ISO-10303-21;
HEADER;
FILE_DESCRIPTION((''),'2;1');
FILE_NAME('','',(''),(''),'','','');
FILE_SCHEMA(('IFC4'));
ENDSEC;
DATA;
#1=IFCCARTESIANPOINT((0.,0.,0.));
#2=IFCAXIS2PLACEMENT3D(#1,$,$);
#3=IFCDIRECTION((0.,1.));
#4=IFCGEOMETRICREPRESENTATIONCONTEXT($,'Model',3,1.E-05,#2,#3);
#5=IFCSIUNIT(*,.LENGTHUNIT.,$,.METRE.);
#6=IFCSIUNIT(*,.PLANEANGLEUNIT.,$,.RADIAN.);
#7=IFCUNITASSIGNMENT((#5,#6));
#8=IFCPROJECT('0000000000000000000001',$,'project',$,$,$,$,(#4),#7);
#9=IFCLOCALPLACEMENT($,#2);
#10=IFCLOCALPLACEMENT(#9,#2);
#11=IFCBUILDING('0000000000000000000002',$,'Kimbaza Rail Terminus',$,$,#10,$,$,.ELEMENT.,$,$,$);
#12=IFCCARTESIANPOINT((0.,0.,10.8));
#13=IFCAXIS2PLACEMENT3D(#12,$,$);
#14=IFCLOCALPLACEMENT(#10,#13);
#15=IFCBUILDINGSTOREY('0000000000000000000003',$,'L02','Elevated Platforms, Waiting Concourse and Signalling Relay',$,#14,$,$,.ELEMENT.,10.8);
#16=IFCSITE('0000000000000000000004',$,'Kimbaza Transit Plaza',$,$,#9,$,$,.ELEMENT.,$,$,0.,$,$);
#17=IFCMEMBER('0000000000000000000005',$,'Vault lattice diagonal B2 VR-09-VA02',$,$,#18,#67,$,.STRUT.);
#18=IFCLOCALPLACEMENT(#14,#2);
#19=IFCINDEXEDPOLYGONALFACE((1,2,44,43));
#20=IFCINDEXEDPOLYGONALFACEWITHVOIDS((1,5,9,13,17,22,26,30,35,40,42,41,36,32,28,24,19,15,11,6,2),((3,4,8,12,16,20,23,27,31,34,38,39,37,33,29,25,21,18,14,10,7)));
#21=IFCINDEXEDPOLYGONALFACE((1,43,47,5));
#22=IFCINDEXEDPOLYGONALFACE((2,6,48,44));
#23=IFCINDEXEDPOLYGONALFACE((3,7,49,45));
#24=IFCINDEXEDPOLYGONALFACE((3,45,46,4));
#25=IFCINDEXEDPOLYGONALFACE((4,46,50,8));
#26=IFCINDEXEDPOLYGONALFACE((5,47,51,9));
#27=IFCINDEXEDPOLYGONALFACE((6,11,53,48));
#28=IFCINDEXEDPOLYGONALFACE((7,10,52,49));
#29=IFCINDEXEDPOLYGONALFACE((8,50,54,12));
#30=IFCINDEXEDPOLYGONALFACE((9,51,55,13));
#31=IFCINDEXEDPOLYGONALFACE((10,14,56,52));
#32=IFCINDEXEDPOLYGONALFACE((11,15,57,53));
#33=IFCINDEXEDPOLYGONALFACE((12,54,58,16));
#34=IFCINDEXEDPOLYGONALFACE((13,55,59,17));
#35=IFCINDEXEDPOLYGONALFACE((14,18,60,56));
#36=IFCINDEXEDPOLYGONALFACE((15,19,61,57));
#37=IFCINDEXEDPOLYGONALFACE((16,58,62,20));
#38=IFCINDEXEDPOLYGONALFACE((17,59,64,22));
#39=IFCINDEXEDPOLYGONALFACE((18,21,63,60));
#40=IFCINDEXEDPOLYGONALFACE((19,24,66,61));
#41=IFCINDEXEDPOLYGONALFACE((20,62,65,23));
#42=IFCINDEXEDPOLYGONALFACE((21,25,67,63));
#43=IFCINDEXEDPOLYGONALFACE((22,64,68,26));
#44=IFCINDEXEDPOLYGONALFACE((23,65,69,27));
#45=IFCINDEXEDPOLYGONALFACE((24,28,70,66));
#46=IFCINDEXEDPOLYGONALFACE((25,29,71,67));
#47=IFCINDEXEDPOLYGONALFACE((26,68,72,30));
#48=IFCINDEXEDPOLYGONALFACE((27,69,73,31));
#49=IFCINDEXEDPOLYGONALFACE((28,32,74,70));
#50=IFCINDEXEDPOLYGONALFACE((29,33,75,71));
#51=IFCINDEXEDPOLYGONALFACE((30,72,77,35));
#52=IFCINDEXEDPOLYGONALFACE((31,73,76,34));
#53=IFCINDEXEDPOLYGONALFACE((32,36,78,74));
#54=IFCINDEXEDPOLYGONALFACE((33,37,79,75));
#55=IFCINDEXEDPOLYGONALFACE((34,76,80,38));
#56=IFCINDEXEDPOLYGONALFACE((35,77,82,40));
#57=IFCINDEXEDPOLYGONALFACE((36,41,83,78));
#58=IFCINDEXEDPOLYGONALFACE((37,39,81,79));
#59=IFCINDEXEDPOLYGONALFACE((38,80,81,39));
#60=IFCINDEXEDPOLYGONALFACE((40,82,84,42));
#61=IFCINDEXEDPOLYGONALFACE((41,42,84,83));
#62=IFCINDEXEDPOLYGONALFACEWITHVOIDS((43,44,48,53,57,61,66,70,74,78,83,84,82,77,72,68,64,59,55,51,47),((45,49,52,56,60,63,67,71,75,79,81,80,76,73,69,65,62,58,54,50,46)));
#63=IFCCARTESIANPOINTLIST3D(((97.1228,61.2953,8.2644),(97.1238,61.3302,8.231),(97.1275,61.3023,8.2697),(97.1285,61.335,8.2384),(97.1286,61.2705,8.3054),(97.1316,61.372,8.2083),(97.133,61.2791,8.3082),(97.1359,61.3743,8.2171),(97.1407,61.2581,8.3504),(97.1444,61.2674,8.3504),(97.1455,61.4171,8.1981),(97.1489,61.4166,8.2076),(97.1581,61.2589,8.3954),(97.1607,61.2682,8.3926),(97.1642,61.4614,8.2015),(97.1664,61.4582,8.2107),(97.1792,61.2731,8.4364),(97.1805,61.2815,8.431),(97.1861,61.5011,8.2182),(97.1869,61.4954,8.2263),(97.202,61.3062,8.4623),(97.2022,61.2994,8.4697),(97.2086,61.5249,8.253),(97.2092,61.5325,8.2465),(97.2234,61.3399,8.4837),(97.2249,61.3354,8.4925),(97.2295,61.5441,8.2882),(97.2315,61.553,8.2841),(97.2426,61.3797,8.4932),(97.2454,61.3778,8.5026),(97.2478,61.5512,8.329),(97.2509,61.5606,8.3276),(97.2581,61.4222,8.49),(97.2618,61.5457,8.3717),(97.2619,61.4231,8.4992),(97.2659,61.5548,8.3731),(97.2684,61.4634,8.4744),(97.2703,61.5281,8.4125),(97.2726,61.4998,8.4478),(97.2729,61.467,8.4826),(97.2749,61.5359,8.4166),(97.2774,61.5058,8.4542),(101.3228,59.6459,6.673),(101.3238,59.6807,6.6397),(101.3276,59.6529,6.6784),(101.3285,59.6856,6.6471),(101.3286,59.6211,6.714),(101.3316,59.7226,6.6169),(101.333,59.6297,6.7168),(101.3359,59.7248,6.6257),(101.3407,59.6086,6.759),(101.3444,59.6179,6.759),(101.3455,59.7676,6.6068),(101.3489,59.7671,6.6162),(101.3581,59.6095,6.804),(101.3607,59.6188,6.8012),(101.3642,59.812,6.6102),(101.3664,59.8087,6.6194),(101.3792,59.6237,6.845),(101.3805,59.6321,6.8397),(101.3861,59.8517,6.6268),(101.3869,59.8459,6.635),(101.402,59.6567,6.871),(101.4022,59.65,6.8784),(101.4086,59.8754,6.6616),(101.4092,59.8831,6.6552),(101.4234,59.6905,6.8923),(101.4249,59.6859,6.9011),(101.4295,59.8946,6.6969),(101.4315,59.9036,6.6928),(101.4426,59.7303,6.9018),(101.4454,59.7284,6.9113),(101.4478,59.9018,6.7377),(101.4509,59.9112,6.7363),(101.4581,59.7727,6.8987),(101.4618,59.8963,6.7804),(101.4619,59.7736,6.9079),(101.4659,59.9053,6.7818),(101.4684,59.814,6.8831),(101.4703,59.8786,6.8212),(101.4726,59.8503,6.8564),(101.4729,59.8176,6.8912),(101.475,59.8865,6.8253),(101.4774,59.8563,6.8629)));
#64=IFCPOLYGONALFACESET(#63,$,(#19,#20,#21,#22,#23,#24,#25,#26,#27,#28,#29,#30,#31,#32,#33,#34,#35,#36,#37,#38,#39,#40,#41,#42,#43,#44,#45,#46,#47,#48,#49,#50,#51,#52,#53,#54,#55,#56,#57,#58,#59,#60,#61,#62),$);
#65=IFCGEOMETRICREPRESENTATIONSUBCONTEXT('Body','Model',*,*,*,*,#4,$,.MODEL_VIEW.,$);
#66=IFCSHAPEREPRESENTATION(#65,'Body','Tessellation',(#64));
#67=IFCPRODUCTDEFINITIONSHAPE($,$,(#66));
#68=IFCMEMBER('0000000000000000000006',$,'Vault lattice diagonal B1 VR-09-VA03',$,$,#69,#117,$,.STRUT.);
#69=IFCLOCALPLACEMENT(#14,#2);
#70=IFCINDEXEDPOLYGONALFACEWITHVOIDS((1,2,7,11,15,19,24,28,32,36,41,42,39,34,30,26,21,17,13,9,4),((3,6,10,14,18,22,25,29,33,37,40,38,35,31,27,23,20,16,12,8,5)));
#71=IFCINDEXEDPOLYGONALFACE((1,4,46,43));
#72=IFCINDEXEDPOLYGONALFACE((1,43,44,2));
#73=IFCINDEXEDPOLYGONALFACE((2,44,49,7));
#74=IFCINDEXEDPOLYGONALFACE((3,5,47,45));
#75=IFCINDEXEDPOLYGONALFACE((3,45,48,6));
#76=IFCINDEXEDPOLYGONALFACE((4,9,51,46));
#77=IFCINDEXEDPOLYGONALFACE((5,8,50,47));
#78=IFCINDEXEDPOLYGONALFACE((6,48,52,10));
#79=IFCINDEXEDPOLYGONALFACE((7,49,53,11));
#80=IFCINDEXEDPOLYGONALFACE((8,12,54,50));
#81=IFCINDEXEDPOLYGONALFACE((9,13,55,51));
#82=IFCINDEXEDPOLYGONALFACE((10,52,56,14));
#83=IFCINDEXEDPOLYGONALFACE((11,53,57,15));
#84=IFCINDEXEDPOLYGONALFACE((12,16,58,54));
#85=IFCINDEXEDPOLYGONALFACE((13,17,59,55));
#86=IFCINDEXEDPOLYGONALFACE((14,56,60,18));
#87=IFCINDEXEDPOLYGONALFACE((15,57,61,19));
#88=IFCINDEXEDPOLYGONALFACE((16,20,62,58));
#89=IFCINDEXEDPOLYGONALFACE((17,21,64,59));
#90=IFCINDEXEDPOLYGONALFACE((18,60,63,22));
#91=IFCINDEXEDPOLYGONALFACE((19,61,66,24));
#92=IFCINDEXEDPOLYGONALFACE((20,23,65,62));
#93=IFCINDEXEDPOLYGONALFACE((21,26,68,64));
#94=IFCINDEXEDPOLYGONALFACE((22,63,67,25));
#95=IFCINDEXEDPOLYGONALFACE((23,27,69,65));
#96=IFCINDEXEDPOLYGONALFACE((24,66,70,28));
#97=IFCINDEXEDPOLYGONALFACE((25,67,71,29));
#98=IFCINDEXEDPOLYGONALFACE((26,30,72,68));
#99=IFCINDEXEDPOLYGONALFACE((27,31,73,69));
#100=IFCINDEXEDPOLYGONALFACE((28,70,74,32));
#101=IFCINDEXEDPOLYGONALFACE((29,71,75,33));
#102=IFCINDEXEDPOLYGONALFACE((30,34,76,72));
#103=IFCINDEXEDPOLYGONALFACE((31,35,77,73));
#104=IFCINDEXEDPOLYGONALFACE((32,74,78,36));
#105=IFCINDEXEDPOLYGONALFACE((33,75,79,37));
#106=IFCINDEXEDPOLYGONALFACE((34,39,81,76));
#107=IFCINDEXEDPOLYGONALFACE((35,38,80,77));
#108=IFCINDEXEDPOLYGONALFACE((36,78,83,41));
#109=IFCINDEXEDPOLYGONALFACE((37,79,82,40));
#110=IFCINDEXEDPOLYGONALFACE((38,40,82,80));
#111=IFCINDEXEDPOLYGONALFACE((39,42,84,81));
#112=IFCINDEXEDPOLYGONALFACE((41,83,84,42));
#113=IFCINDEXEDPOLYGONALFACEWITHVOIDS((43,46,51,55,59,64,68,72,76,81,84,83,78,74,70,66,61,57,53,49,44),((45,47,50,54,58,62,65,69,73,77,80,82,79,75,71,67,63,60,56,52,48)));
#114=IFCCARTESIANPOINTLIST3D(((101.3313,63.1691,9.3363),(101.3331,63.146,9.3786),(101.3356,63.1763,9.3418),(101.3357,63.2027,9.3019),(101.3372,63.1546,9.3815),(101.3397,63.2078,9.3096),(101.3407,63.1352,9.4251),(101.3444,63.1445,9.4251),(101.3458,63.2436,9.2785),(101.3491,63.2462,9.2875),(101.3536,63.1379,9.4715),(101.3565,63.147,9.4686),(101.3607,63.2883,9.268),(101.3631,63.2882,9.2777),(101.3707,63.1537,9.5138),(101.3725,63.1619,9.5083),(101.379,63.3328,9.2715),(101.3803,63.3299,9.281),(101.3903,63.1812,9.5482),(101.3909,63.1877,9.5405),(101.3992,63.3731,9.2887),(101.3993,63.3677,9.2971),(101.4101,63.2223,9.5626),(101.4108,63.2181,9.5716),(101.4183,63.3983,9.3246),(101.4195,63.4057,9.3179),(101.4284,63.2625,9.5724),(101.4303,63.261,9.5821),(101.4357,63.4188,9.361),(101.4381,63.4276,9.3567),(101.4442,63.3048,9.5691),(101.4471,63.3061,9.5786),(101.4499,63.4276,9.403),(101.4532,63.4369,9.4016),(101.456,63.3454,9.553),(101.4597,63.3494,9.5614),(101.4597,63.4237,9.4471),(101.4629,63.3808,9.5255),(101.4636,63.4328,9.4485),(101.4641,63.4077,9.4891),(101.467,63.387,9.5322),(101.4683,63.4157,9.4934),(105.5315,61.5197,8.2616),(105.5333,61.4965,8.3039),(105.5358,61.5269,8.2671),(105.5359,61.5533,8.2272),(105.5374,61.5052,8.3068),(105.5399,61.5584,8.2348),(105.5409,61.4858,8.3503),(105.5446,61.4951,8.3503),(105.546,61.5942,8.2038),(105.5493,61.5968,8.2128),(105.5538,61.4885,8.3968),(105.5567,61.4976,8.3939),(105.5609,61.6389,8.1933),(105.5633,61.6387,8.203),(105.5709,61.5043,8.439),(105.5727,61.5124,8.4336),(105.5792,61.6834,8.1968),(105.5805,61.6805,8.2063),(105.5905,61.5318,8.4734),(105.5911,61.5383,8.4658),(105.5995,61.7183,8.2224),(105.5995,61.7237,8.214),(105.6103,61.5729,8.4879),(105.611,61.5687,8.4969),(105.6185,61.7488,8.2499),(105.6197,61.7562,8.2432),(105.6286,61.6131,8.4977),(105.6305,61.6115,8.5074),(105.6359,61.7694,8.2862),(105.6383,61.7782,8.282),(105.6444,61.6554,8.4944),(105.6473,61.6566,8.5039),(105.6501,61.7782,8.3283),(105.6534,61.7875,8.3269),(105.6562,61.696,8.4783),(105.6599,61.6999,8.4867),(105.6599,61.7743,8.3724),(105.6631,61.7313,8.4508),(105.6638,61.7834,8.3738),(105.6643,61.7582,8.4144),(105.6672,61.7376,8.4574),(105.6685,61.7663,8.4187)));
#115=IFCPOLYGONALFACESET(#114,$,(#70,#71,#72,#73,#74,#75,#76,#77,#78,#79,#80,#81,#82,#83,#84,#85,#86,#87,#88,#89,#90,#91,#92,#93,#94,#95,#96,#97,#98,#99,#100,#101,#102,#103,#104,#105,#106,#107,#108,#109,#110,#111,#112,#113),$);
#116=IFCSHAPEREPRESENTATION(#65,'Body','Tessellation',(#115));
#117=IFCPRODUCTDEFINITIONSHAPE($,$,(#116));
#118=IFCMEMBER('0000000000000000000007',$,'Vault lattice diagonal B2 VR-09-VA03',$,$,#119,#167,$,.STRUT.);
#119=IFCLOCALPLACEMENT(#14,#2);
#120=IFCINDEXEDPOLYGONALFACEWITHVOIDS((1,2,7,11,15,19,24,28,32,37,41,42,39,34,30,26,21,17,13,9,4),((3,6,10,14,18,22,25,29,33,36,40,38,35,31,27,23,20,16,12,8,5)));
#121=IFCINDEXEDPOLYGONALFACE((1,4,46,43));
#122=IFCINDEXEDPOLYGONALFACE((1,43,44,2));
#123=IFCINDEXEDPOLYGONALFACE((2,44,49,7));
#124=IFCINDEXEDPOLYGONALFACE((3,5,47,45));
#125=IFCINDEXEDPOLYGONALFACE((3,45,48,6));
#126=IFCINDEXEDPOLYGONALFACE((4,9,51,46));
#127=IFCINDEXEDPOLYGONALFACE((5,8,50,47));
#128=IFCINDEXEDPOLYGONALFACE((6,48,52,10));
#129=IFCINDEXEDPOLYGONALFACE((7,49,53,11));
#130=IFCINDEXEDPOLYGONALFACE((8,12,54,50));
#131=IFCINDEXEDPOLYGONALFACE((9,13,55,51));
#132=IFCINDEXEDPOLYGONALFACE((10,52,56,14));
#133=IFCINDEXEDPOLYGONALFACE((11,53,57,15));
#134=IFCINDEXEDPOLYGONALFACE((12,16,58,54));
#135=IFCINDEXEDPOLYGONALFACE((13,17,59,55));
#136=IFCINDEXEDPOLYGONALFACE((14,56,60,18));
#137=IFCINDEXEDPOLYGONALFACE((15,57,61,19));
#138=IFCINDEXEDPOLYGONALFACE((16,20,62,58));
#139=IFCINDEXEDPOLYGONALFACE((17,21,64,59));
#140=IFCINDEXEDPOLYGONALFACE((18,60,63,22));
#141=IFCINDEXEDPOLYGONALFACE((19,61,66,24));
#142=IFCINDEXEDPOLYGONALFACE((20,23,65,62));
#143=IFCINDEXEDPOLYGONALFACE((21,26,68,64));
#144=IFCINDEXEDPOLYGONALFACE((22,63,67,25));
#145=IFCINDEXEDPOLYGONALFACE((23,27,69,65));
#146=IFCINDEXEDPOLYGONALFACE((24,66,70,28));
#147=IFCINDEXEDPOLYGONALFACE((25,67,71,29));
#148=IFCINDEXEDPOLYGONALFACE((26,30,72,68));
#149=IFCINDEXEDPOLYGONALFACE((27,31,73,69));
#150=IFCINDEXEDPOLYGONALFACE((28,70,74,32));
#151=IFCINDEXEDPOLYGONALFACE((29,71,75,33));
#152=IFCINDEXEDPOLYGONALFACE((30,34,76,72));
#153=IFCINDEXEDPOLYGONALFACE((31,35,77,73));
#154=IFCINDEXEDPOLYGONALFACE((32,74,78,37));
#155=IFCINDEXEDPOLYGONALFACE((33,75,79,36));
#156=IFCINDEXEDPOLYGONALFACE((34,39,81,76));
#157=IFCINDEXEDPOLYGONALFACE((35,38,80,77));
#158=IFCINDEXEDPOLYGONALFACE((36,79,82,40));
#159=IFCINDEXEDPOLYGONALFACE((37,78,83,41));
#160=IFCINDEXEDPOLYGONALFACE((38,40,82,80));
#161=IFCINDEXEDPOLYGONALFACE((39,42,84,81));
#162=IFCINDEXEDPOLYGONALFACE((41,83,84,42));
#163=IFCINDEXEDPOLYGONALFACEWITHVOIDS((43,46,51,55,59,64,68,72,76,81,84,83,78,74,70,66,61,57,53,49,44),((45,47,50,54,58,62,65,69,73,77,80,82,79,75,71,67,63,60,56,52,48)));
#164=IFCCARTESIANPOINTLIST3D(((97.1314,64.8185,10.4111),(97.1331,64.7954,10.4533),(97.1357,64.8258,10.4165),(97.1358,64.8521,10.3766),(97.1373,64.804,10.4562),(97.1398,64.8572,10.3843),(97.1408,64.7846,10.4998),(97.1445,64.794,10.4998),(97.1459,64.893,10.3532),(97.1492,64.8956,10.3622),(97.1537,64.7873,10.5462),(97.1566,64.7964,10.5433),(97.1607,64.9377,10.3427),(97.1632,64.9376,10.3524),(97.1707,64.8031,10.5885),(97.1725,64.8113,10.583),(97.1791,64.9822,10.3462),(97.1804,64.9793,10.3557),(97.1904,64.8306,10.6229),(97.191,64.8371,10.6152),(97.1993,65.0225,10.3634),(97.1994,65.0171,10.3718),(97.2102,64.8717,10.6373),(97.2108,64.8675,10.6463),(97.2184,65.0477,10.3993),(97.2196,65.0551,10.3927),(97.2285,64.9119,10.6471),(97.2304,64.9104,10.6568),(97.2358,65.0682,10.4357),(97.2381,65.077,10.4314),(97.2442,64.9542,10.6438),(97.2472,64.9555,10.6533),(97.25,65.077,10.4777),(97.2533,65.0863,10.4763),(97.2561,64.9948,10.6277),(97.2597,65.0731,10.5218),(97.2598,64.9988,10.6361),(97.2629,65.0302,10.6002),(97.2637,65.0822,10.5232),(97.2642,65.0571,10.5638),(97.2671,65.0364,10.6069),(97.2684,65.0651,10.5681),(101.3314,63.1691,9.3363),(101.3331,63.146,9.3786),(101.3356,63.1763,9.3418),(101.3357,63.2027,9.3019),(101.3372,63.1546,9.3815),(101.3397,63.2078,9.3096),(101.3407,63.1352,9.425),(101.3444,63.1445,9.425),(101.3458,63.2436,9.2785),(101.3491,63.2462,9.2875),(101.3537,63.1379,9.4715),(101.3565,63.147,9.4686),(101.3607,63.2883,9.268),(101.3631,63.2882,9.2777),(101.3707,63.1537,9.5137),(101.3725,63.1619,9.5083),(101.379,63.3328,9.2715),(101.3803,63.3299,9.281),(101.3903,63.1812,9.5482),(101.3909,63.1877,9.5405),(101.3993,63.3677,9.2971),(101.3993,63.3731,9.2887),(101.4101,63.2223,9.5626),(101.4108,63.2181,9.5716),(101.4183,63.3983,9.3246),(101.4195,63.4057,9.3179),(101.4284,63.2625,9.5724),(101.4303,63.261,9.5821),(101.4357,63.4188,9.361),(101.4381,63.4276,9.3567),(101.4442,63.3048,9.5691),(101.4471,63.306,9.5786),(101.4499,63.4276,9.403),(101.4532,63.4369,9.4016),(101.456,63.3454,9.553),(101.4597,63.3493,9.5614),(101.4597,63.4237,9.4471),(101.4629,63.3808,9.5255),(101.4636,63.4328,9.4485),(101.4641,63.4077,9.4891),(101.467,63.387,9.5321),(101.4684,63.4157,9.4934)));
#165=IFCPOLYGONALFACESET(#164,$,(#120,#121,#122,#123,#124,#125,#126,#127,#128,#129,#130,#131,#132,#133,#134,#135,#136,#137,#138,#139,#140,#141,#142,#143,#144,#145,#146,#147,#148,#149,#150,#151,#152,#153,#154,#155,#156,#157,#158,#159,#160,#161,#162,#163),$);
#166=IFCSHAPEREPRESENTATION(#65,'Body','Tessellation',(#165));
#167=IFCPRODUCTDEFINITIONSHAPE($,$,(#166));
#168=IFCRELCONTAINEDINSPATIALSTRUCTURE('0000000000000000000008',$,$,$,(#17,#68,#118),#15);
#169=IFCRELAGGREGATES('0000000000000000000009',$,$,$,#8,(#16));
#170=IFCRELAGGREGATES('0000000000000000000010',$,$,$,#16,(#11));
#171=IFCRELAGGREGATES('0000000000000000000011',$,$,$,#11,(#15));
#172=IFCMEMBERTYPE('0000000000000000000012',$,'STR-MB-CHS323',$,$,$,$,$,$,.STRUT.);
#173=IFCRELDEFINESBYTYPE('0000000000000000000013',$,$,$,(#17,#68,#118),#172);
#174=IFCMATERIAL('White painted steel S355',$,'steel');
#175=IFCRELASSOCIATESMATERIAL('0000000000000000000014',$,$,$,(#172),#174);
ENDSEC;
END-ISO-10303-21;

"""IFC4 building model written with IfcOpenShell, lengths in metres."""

from ifc_helpers import new_model, si_unit, direction, frame, origin, origin_2d, place, context, subcontext, project, spatial, hollow_circle, extrude, material, material_profile, profile_set, type_object, element, save


model = new_model("IFC4")

# Units and contexts
model_context = context("Model", 3, precision=1e-05, world=origin(), true_north=direction((0.0, 1.0)))
body_context = subcontext(model_context, "Body", "Model", "MODEL_VIEW")
ifc_project = project(units=[si_unit("LENGTHUNIT", "METRE"), si_unit("PLANEANGLEUNIT", "RADIAN")], contexts=[model_context])

# Site, building, storey
site_placement = place(None, origin())
site = spatial("IfcSite", under=ifc_project, at=site_placement, Name="Kimbaza Transit Plaza", CompositionType="ELEMENT", RefElevation=0.0)
building_placement = place(site_placement, origin())
building = spatial("IfcBuilding", under=site, at=building_placement, Name="Kimbaza Rail Terminus", CompositionType="ELEMENT")
storey_placement = place(building_placement, frame((0.0, 0.0, 10.8)))
storey = spatial("IfcBuildingStorey", under=building, at=storey_placement, Name="L02", Description="Elevated Platforms, Waiting Concourse and Signalling Relay", CompositionType="ELEMENT", Elevation=10.8)

# Members
ifc_material_1 = material(Name="White painted steel S355", Category="steel")
ifc_material_profile_1 = material_profile(ifc_material_1, hollow_circle(Radius=0.1619, WallThickness=0.01, at=origin_2d()), Name="CHS 323.9x10")
ifc_profile_set_1 = profile_set([ifc_material_profile_1], Name="White painted steel S355")
member_type_1 = type_object("IfcMemberType", Name="STR-MB-CHS323", PredefinedType="STRUT", material=ifc_profile_set_1)
member_1_placement = place(storey_placement, frame((101.3999, 59.7593, 6.759), z_axis=(-0.877806, 0.344734, 0.33259), x_axis=(-0.365544, -0.930794, 0.0)))
element("IfcMember", 1, at=member_1_placement, inside=storey, type_object=member_type_1, Name="Vault lattice diagonal B2 VR-09-VA02", PredefinedType="STRUT", context=body_context, shape_type="SweptSolid", body=[
    extrude(hollow_circle(Radius=0.1619, WallThickness=0.01, at=origin_2d()), origin(), (0.0, 0.0, 1.0), 4.7847),
])
member_2_placement = place(storey_placement, frame((105.6001, 61.6365, 8.3503), z_axis=(-0.905475, 0.35558, 0.231685), x_axis=(-0.365525, -0.930801, 0.0)))
element("IfcMember", 2, at=member_2_placement, inside=storey, type_object=member_type_1, Name="Vault lattice diagonal B1 VR-09-VA03", PredefinedType="STRUT", context=body_context, shape_type="SweptSolid", body=[
    extrude(hollow_circle(Radius=0.1619, WallThickness=0.01, at=origin_2d()), origin(), (0.0, 0.0, 1.0), 4.6387),
])
member_3_placement = place(storey_placement, frame((101.3999, 63.2859, 9.425), z_axis=(-0.905466, 0.355597, 0.231696), x_axis=(-0.365544, -0.930794, 0.0)))
element("IfcMember", 3, at=member_3_placement, inside=storey, type_object=member_type_1, Name="Vault lattice diagonal B2 VR-09-VA03", PredefinedType="STRUT", context=body_context, shape_type="SweptSolid", body=[
    extrude(hollow_circle(Radius=0.1619, WallThickness=0.01, at=origin_2d()), origin(), (0.0, 0.0, 1.0), 4.6384),
])

save(model, "model.ifc")
